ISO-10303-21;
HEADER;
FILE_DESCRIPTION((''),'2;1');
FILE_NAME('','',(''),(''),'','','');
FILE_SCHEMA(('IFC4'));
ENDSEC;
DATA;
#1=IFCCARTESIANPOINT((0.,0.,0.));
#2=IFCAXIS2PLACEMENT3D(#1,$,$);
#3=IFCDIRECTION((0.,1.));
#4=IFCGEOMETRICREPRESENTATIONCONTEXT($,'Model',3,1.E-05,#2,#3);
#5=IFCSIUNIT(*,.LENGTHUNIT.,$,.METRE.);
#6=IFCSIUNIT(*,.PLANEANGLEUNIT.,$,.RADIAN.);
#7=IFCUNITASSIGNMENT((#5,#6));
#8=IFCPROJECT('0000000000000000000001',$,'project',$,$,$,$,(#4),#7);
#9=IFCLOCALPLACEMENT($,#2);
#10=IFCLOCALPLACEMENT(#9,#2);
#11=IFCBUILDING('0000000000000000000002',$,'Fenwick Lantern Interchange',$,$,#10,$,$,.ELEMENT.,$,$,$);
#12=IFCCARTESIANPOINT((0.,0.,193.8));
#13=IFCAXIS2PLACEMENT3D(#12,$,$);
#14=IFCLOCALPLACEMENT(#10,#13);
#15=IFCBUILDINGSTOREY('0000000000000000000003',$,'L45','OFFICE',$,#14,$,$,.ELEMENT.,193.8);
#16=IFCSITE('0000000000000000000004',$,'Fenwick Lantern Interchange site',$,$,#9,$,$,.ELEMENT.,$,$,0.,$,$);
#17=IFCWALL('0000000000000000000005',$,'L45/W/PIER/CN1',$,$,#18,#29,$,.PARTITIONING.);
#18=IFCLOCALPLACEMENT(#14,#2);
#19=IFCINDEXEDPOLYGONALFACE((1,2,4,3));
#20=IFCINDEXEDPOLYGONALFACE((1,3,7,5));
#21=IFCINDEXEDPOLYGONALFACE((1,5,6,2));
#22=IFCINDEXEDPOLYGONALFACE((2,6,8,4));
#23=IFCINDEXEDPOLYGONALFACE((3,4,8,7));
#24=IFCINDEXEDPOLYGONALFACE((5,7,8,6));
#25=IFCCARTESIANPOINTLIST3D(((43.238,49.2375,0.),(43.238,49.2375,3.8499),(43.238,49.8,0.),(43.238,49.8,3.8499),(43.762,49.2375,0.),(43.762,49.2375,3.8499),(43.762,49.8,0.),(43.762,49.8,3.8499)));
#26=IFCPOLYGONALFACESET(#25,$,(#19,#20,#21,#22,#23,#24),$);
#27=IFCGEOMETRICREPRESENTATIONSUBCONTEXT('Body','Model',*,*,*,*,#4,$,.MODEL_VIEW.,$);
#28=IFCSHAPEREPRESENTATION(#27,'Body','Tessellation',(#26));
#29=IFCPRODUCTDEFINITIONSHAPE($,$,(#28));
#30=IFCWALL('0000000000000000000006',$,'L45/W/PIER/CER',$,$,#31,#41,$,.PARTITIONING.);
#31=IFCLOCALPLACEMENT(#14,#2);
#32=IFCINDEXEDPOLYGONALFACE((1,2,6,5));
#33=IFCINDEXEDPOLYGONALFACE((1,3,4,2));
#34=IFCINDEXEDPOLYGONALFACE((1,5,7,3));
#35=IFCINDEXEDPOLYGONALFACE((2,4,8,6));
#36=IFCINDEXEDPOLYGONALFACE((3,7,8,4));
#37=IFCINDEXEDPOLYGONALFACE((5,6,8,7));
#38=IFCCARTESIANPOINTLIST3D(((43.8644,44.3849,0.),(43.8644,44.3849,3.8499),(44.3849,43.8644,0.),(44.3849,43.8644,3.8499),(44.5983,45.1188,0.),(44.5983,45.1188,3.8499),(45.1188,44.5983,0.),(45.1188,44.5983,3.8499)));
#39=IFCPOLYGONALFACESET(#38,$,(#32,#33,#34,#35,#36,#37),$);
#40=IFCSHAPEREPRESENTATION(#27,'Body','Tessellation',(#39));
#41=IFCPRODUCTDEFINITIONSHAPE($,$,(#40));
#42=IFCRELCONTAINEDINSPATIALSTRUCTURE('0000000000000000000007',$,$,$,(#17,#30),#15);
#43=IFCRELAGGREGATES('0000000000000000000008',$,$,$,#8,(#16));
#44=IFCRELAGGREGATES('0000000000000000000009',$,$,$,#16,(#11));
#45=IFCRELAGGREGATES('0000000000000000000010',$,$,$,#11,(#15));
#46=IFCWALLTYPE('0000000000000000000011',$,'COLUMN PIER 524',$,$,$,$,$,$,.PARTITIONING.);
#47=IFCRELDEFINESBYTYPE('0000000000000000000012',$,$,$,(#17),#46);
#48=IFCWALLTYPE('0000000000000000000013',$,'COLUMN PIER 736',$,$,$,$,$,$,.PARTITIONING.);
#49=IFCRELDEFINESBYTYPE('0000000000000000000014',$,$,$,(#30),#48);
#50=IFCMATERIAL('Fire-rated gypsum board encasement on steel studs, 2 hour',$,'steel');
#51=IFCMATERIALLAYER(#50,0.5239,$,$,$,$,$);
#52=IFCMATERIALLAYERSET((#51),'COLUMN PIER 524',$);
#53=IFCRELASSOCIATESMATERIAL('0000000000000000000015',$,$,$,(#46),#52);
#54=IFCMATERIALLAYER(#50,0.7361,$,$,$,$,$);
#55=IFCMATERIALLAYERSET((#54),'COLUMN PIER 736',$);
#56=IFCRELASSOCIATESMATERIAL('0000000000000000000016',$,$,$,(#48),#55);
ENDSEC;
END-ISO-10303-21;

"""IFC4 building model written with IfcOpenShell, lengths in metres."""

from ifc_helpers import new_model, si_unit, direction, frame, frame_2d, origin, place, context, subcontext, project, spatial, rectangle, extrude, material, layer, layer_set, type_object, element, save


model = new_model("IFC4")

# Units and contexts
model_context = context("Model", 3, precision=1e-05, world=origin(), true_north=direction((0.0, 1.0)))
body_context = subcontext(model_context, "Body", "Model", "MODEL_VIEW")
ifc_project = project(units=[si_unit("LENGTHUNIT", "METRE"), si_unit("PLANEANGLEUNIT", "RADIAN")], contexts=[model_context])

# Site, building, storey
site_placement = place(None, origin())
site = spatial("IfcSite", under=ifc_project, at=site_placement, Name="Fenwick Lantern Interchange site", CompositionType="ELEMENT", RefElevation=0.0)
building_placement = place(site_placement, origin())
building = spatial("IfcBuilding", under=site, at=building_placement, Name="Fenwick Lantern Interchange", CompositionType="ELEMENT")
storey_placement = place(building_placement, frame((0.0, 0.0, 193.8)))
storey = spatial("IfcBuildingStorey", under=building, at=storey_placement, Name="L45", Description="OFFICE", CompositionType="ELEMENT", Elevation=193.8)

# Walls
ifc_material_1 = material(Name="Fire-rated gypsum board encasement on steel studs, 2 hour", Category="steel")
ifc_layer_1 = layer(ifc_material_1, 0.5239)
ifc_layer_set_1 = layer_set([ifc_layer_1], Name="COLUMN PIER 524")
wall_type_1 = type_object("IfcWallType", Name="COLUMN PIER 524", PredefinedType="PARTITIONING", material=ifc_layer_set_1)
wall_1_placement = place(storey_placement, frame((43.5, 49.8, 0.0), z_axis=(0.0, 0.0, 1.0), x_axis=(0.0, -1.0, 0.0)))
element("IfcWall", 1, at=wall_1_placement, inside=storey, type_object=wall_type_1, Name="L45/W/PIER/CN1", PredefinedType="PARTITIONING", context=body_context, shape_type="SweptSolid", body=[
    extrude(rectangle(XDim=0.5625, YDim=0.5239, at=frame_2d((0.2812, 0.0))), origin(), (0.0, 0.0, 1.0), 3.8499),
])
ifc_layer_2 = layer(ifc_material_1, 0.7361)
ifc_layer_set_2 = layer_set([ifc_layer_2], Name="COLUMN PIER 736")
wall_type_2 = type_object("IfcWallType", Name="COLUMN PIER 736", PredefinedType="PARTITIONING", material=ifc_layer_set_2)
wall_2_placement = place(storey_placement, frame((44.8586, 44.8586, 0.0), z_axis=(0.0, 0.0, 1.0), x_axis=(-0.707107, -0.707107, 0.0)))
element("IfcWall", 2, at=wall_2_placement, inside=storey, type_object=wall_type_2, Name="L45/W/PIER/CER", PredefinedType="PARTITIONING", context=body_context, shape_type="SweptSolid", body=[
    extrude(rectangle(XDim=1.0378, YDim=0.7361, at=frame_2d((0.519, 0.0))), origin(), (0.0, 0.0, 1.0), 3.8499),
])

save(model, "model.ifc")
